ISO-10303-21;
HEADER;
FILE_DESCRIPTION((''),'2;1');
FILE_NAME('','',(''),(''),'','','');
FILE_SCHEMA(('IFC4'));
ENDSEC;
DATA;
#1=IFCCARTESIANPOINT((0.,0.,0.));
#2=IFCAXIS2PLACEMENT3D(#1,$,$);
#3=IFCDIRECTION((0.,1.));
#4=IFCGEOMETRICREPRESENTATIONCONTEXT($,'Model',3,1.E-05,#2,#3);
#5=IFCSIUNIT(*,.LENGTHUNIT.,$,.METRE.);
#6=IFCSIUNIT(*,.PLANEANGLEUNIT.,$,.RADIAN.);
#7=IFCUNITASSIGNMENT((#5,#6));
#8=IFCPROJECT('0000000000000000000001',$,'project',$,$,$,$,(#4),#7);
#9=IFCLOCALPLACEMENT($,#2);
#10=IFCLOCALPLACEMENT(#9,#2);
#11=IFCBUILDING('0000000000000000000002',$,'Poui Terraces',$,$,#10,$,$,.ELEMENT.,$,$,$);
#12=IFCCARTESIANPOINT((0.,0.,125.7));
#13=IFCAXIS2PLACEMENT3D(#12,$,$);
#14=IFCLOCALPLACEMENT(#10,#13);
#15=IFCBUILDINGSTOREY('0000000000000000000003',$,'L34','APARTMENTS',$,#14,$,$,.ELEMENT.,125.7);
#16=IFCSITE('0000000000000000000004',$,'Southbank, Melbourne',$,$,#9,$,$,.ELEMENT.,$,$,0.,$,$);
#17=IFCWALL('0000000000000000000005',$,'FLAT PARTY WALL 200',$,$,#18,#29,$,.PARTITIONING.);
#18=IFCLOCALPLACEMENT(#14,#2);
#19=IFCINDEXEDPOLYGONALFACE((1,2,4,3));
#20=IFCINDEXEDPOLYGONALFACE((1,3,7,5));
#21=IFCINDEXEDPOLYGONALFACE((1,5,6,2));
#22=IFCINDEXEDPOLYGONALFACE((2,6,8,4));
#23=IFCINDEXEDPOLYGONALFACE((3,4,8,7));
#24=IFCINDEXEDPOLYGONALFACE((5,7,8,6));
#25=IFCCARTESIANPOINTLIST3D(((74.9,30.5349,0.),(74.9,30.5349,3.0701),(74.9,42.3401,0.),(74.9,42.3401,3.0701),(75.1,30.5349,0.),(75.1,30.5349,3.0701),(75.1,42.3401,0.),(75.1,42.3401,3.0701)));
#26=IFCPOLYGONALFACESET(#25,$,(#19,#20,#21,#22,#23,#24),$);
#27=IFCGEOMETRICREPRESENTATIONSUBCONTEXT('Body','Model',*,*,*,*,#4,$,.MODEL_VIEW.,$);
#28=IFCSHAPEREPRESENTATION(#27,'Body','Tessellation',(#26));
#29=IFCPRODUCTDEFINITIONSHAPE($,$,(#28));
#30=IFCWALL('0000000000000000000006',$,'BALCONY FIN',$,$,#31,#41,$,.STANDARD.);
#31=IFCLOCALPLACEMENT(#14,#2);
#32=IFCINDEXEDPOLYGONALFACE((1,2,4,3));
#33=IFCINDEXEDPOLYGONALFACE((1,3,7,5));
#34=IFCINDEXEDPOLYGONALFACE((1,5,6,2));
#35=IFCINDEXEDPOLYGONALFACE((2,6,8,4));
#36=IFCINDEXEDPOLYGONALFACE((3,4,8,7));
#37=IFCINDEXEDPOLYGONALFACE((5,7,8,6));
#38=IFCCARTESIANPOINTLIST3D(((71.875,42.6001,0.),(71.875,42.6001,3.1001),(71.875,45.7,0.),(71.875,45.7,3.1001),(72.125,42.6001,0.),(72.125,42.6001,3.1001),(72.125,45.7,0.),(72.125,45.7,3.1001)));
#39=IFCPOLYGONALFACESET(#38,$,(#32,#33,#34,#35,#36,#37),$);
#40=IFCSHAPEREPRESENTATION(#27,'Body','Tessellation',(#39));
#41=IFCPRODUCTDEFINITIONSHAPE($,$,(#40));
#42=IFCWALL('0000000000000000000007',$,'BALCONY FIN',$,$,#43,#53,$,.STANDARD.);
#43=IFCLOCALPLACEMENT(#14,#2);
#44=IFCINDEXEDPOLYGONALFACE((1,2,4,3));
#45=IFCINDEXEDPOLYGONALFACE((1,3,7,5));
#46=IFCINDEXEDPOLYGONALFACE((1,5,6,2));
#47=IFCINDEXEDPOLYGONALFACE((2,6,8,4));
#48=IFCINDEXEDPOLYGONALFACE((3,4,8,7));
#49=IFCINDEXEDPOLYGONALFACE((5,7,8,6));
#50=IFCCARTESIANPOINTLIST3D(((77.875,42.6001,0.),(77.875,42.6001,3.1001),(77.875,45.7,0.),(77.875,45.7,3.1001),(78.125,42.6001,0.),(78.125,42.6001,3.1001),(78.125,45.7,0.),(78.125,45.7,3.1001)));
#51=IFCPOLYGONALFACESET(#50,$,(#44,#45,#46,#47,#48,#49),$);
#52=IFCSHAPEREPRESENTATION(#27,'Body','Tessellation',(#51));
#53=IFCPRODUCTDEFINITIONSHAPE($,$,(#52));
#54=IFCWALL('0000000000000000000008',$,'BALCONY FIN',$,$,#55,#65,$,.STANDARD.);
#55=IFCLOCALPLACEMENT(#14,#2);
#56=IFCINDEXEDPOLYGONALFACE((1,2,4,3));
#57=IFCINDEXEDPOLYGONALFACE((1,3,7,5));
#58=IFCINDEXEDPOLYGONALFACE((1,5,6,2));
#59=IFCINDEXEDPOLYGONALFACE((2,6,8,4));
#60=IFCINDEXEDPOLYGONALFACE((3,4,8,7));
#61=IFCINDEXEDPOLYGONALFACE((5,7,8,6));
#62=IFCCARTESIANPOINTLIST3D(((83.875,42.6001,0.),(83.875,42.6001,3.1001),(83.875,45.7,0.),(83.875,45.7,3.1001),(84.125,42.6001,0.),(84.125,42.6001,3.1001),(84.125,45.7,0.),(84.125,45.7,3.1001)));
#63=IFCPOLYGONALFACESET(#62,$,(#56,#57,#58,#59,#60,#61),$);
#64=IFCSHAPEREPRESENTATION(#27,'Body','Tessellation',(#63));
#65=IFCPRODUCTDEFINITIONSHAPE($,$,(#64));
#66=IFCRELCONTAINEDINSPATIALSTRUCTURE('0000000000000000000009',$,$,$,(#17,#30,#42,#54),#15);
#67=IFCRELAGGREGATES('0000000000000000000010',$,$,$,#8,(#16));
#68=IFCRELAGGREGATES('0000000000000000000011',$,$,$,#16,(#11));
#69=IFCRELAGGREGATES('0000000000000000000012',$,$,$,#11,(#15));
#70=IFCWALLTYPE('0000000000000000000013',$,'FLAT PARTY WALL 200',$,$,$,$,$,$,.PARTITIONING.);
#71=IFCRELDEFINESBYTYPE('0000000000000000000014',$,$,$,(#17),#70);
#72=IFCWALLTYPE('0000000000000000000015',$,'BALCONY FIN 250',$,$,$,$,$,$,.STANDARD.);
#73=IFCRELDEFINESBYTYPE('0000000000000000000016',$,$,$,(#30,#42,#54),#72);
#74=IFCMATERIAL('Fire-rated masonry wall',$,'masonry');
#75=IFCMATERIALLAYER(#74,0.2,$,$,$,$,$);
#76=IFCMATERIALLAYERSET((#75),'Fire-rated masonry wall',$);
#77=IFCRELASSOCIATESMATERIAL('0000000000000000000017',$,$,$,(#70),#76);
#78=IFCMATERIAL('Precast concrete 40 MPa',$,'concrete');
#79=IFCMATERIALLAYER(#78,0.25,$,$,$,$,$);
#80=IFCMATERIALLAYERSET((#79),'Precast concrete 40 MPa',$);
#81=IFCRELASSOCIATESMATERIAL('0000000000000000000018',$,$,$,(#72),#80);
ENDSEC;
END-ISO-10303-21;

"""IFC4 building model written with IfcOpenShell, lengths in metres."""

from ifc_helpers import new_model, si_unit, direction, frame, frame_2d, origin, place, context, subcontext, project, spatial, polyline, rectangle, outline, extrude, source, transform, mapped, material, layer, layer_set, type_object, element, save


model = new_model("IFC4")

# Units and contexts
model_context = context("Model", 3, precision=1e-05, world=origin(), true_north=direction((0.0, 1.0)))
body_context = subcontext(model_context, "Body", "Model", "MODEL_VIEW")
ifc_project = project(units=[si_unit("LENGTHUNIT", "METRE"), si_unit("PLANEANGLEUNIT", "RADIAN")], contexts=[model_context])

# Site, building, storey
site_placement = place(None, origin())
site = spatial("IfcSite", under=ifc_project, at=site_placement, Name="Southbank, Melbourne", CompositionType="ELEMENT", RefElevation=0.0)
building_placement = place(site_placement, origin())
building = spatial("IfcBuilding", under=site, at=building_placement, Name="Poui Terraces", CompositionType="ELEMENT")
storey_placement = place(building_placement, frame((0.0, 0.0, 125.7)))
storey = spatial("IfcBuildingStorey", under=building, at=storey_placement, Name="L34", Description="APARTMENTS", CompositionType="ELEMENT", Elevation=125.7)

# Walls
ifc_material_1 = material(Name="Fire-rated masonry wall", Category="masonry")
ifc_layer_1 = layer(ifc_material_1, 0.2)
ifc_layer_set_1 = layer_set([ifc_layer_1], Name="Fire-rated masonry wall")
wall_type_1 = type_object("IfcWallType", Name="FLAT PARTY WALL 200", PredefinedType="PARTITIONING", material=ifc_layer_set_1)
wall_1_placement = place(storey_placement, frame((75.0, 30.5349, 0.0), z_axis=(0.0, 0.0, 1.0), x_axis=(0.0, 1.0, 0.0)))
element("IfcWall", 1, at=wall_1_placement, inside=storey, type_object=wall_type_1, Name="FLAT PARTY WALL 200", PredefinedType="PARTITIONING", context=body_context, shape_type="SweptSolid", body=[
    extrude(rectangle(XDim=11.8052, YDim=0.2, at=frame_2d((5.9026, 0.0))), origin(), (0.0, 0.0, 1.0), 3.0701),
])
ifc_material_2 = material(Name="Precast concrete 40 MPa", Category="concrete")
ifc_layer_2 = layer(ifc_material_2, 0.25)
ifc_layer_set_2 = layer_set([ifc_layer_2], Name="Precast concrete 40 MPa")
wall_type_2 = type_object("IfcWallType", Name="BALCONY FIN 250", PredefinedType="STANDARD", material=ifc_layer_set_2)
shared_shape_1 = source(origin(), body_context, "Body", "SweptSolid", [
    extrude(outline(polyline([(0.0, 0.0), (0.25, 0.0), (0.25, 3.0999), (0.0, 3.0999), (0.0, 0.0)])), origin(), (0.0, 0.0, 1.0), 3.1001),
])
for number, where, name in (
    (2, (71.875, 42.6001, 0.0), "BALCONY FIN"),
    (3, (77.875, 42.6001, 0.0), "BALCONY FIN"),
    (4, (83.875, 42.6001, 0.0), "BALCONY FIN"),
):
    element("IfcWall", number, at=place(storey_placement, frame(where)), inside=storey, type_object=wall_type_2, Name=name, PredefinedType="STANDARD", context=body_context, shape_type="MappedRepresentation", body=[
        mapped(shared_shape_1, transform((0.0, 0.0, 0.0))),
    ])

save(model, "model.ifc")
